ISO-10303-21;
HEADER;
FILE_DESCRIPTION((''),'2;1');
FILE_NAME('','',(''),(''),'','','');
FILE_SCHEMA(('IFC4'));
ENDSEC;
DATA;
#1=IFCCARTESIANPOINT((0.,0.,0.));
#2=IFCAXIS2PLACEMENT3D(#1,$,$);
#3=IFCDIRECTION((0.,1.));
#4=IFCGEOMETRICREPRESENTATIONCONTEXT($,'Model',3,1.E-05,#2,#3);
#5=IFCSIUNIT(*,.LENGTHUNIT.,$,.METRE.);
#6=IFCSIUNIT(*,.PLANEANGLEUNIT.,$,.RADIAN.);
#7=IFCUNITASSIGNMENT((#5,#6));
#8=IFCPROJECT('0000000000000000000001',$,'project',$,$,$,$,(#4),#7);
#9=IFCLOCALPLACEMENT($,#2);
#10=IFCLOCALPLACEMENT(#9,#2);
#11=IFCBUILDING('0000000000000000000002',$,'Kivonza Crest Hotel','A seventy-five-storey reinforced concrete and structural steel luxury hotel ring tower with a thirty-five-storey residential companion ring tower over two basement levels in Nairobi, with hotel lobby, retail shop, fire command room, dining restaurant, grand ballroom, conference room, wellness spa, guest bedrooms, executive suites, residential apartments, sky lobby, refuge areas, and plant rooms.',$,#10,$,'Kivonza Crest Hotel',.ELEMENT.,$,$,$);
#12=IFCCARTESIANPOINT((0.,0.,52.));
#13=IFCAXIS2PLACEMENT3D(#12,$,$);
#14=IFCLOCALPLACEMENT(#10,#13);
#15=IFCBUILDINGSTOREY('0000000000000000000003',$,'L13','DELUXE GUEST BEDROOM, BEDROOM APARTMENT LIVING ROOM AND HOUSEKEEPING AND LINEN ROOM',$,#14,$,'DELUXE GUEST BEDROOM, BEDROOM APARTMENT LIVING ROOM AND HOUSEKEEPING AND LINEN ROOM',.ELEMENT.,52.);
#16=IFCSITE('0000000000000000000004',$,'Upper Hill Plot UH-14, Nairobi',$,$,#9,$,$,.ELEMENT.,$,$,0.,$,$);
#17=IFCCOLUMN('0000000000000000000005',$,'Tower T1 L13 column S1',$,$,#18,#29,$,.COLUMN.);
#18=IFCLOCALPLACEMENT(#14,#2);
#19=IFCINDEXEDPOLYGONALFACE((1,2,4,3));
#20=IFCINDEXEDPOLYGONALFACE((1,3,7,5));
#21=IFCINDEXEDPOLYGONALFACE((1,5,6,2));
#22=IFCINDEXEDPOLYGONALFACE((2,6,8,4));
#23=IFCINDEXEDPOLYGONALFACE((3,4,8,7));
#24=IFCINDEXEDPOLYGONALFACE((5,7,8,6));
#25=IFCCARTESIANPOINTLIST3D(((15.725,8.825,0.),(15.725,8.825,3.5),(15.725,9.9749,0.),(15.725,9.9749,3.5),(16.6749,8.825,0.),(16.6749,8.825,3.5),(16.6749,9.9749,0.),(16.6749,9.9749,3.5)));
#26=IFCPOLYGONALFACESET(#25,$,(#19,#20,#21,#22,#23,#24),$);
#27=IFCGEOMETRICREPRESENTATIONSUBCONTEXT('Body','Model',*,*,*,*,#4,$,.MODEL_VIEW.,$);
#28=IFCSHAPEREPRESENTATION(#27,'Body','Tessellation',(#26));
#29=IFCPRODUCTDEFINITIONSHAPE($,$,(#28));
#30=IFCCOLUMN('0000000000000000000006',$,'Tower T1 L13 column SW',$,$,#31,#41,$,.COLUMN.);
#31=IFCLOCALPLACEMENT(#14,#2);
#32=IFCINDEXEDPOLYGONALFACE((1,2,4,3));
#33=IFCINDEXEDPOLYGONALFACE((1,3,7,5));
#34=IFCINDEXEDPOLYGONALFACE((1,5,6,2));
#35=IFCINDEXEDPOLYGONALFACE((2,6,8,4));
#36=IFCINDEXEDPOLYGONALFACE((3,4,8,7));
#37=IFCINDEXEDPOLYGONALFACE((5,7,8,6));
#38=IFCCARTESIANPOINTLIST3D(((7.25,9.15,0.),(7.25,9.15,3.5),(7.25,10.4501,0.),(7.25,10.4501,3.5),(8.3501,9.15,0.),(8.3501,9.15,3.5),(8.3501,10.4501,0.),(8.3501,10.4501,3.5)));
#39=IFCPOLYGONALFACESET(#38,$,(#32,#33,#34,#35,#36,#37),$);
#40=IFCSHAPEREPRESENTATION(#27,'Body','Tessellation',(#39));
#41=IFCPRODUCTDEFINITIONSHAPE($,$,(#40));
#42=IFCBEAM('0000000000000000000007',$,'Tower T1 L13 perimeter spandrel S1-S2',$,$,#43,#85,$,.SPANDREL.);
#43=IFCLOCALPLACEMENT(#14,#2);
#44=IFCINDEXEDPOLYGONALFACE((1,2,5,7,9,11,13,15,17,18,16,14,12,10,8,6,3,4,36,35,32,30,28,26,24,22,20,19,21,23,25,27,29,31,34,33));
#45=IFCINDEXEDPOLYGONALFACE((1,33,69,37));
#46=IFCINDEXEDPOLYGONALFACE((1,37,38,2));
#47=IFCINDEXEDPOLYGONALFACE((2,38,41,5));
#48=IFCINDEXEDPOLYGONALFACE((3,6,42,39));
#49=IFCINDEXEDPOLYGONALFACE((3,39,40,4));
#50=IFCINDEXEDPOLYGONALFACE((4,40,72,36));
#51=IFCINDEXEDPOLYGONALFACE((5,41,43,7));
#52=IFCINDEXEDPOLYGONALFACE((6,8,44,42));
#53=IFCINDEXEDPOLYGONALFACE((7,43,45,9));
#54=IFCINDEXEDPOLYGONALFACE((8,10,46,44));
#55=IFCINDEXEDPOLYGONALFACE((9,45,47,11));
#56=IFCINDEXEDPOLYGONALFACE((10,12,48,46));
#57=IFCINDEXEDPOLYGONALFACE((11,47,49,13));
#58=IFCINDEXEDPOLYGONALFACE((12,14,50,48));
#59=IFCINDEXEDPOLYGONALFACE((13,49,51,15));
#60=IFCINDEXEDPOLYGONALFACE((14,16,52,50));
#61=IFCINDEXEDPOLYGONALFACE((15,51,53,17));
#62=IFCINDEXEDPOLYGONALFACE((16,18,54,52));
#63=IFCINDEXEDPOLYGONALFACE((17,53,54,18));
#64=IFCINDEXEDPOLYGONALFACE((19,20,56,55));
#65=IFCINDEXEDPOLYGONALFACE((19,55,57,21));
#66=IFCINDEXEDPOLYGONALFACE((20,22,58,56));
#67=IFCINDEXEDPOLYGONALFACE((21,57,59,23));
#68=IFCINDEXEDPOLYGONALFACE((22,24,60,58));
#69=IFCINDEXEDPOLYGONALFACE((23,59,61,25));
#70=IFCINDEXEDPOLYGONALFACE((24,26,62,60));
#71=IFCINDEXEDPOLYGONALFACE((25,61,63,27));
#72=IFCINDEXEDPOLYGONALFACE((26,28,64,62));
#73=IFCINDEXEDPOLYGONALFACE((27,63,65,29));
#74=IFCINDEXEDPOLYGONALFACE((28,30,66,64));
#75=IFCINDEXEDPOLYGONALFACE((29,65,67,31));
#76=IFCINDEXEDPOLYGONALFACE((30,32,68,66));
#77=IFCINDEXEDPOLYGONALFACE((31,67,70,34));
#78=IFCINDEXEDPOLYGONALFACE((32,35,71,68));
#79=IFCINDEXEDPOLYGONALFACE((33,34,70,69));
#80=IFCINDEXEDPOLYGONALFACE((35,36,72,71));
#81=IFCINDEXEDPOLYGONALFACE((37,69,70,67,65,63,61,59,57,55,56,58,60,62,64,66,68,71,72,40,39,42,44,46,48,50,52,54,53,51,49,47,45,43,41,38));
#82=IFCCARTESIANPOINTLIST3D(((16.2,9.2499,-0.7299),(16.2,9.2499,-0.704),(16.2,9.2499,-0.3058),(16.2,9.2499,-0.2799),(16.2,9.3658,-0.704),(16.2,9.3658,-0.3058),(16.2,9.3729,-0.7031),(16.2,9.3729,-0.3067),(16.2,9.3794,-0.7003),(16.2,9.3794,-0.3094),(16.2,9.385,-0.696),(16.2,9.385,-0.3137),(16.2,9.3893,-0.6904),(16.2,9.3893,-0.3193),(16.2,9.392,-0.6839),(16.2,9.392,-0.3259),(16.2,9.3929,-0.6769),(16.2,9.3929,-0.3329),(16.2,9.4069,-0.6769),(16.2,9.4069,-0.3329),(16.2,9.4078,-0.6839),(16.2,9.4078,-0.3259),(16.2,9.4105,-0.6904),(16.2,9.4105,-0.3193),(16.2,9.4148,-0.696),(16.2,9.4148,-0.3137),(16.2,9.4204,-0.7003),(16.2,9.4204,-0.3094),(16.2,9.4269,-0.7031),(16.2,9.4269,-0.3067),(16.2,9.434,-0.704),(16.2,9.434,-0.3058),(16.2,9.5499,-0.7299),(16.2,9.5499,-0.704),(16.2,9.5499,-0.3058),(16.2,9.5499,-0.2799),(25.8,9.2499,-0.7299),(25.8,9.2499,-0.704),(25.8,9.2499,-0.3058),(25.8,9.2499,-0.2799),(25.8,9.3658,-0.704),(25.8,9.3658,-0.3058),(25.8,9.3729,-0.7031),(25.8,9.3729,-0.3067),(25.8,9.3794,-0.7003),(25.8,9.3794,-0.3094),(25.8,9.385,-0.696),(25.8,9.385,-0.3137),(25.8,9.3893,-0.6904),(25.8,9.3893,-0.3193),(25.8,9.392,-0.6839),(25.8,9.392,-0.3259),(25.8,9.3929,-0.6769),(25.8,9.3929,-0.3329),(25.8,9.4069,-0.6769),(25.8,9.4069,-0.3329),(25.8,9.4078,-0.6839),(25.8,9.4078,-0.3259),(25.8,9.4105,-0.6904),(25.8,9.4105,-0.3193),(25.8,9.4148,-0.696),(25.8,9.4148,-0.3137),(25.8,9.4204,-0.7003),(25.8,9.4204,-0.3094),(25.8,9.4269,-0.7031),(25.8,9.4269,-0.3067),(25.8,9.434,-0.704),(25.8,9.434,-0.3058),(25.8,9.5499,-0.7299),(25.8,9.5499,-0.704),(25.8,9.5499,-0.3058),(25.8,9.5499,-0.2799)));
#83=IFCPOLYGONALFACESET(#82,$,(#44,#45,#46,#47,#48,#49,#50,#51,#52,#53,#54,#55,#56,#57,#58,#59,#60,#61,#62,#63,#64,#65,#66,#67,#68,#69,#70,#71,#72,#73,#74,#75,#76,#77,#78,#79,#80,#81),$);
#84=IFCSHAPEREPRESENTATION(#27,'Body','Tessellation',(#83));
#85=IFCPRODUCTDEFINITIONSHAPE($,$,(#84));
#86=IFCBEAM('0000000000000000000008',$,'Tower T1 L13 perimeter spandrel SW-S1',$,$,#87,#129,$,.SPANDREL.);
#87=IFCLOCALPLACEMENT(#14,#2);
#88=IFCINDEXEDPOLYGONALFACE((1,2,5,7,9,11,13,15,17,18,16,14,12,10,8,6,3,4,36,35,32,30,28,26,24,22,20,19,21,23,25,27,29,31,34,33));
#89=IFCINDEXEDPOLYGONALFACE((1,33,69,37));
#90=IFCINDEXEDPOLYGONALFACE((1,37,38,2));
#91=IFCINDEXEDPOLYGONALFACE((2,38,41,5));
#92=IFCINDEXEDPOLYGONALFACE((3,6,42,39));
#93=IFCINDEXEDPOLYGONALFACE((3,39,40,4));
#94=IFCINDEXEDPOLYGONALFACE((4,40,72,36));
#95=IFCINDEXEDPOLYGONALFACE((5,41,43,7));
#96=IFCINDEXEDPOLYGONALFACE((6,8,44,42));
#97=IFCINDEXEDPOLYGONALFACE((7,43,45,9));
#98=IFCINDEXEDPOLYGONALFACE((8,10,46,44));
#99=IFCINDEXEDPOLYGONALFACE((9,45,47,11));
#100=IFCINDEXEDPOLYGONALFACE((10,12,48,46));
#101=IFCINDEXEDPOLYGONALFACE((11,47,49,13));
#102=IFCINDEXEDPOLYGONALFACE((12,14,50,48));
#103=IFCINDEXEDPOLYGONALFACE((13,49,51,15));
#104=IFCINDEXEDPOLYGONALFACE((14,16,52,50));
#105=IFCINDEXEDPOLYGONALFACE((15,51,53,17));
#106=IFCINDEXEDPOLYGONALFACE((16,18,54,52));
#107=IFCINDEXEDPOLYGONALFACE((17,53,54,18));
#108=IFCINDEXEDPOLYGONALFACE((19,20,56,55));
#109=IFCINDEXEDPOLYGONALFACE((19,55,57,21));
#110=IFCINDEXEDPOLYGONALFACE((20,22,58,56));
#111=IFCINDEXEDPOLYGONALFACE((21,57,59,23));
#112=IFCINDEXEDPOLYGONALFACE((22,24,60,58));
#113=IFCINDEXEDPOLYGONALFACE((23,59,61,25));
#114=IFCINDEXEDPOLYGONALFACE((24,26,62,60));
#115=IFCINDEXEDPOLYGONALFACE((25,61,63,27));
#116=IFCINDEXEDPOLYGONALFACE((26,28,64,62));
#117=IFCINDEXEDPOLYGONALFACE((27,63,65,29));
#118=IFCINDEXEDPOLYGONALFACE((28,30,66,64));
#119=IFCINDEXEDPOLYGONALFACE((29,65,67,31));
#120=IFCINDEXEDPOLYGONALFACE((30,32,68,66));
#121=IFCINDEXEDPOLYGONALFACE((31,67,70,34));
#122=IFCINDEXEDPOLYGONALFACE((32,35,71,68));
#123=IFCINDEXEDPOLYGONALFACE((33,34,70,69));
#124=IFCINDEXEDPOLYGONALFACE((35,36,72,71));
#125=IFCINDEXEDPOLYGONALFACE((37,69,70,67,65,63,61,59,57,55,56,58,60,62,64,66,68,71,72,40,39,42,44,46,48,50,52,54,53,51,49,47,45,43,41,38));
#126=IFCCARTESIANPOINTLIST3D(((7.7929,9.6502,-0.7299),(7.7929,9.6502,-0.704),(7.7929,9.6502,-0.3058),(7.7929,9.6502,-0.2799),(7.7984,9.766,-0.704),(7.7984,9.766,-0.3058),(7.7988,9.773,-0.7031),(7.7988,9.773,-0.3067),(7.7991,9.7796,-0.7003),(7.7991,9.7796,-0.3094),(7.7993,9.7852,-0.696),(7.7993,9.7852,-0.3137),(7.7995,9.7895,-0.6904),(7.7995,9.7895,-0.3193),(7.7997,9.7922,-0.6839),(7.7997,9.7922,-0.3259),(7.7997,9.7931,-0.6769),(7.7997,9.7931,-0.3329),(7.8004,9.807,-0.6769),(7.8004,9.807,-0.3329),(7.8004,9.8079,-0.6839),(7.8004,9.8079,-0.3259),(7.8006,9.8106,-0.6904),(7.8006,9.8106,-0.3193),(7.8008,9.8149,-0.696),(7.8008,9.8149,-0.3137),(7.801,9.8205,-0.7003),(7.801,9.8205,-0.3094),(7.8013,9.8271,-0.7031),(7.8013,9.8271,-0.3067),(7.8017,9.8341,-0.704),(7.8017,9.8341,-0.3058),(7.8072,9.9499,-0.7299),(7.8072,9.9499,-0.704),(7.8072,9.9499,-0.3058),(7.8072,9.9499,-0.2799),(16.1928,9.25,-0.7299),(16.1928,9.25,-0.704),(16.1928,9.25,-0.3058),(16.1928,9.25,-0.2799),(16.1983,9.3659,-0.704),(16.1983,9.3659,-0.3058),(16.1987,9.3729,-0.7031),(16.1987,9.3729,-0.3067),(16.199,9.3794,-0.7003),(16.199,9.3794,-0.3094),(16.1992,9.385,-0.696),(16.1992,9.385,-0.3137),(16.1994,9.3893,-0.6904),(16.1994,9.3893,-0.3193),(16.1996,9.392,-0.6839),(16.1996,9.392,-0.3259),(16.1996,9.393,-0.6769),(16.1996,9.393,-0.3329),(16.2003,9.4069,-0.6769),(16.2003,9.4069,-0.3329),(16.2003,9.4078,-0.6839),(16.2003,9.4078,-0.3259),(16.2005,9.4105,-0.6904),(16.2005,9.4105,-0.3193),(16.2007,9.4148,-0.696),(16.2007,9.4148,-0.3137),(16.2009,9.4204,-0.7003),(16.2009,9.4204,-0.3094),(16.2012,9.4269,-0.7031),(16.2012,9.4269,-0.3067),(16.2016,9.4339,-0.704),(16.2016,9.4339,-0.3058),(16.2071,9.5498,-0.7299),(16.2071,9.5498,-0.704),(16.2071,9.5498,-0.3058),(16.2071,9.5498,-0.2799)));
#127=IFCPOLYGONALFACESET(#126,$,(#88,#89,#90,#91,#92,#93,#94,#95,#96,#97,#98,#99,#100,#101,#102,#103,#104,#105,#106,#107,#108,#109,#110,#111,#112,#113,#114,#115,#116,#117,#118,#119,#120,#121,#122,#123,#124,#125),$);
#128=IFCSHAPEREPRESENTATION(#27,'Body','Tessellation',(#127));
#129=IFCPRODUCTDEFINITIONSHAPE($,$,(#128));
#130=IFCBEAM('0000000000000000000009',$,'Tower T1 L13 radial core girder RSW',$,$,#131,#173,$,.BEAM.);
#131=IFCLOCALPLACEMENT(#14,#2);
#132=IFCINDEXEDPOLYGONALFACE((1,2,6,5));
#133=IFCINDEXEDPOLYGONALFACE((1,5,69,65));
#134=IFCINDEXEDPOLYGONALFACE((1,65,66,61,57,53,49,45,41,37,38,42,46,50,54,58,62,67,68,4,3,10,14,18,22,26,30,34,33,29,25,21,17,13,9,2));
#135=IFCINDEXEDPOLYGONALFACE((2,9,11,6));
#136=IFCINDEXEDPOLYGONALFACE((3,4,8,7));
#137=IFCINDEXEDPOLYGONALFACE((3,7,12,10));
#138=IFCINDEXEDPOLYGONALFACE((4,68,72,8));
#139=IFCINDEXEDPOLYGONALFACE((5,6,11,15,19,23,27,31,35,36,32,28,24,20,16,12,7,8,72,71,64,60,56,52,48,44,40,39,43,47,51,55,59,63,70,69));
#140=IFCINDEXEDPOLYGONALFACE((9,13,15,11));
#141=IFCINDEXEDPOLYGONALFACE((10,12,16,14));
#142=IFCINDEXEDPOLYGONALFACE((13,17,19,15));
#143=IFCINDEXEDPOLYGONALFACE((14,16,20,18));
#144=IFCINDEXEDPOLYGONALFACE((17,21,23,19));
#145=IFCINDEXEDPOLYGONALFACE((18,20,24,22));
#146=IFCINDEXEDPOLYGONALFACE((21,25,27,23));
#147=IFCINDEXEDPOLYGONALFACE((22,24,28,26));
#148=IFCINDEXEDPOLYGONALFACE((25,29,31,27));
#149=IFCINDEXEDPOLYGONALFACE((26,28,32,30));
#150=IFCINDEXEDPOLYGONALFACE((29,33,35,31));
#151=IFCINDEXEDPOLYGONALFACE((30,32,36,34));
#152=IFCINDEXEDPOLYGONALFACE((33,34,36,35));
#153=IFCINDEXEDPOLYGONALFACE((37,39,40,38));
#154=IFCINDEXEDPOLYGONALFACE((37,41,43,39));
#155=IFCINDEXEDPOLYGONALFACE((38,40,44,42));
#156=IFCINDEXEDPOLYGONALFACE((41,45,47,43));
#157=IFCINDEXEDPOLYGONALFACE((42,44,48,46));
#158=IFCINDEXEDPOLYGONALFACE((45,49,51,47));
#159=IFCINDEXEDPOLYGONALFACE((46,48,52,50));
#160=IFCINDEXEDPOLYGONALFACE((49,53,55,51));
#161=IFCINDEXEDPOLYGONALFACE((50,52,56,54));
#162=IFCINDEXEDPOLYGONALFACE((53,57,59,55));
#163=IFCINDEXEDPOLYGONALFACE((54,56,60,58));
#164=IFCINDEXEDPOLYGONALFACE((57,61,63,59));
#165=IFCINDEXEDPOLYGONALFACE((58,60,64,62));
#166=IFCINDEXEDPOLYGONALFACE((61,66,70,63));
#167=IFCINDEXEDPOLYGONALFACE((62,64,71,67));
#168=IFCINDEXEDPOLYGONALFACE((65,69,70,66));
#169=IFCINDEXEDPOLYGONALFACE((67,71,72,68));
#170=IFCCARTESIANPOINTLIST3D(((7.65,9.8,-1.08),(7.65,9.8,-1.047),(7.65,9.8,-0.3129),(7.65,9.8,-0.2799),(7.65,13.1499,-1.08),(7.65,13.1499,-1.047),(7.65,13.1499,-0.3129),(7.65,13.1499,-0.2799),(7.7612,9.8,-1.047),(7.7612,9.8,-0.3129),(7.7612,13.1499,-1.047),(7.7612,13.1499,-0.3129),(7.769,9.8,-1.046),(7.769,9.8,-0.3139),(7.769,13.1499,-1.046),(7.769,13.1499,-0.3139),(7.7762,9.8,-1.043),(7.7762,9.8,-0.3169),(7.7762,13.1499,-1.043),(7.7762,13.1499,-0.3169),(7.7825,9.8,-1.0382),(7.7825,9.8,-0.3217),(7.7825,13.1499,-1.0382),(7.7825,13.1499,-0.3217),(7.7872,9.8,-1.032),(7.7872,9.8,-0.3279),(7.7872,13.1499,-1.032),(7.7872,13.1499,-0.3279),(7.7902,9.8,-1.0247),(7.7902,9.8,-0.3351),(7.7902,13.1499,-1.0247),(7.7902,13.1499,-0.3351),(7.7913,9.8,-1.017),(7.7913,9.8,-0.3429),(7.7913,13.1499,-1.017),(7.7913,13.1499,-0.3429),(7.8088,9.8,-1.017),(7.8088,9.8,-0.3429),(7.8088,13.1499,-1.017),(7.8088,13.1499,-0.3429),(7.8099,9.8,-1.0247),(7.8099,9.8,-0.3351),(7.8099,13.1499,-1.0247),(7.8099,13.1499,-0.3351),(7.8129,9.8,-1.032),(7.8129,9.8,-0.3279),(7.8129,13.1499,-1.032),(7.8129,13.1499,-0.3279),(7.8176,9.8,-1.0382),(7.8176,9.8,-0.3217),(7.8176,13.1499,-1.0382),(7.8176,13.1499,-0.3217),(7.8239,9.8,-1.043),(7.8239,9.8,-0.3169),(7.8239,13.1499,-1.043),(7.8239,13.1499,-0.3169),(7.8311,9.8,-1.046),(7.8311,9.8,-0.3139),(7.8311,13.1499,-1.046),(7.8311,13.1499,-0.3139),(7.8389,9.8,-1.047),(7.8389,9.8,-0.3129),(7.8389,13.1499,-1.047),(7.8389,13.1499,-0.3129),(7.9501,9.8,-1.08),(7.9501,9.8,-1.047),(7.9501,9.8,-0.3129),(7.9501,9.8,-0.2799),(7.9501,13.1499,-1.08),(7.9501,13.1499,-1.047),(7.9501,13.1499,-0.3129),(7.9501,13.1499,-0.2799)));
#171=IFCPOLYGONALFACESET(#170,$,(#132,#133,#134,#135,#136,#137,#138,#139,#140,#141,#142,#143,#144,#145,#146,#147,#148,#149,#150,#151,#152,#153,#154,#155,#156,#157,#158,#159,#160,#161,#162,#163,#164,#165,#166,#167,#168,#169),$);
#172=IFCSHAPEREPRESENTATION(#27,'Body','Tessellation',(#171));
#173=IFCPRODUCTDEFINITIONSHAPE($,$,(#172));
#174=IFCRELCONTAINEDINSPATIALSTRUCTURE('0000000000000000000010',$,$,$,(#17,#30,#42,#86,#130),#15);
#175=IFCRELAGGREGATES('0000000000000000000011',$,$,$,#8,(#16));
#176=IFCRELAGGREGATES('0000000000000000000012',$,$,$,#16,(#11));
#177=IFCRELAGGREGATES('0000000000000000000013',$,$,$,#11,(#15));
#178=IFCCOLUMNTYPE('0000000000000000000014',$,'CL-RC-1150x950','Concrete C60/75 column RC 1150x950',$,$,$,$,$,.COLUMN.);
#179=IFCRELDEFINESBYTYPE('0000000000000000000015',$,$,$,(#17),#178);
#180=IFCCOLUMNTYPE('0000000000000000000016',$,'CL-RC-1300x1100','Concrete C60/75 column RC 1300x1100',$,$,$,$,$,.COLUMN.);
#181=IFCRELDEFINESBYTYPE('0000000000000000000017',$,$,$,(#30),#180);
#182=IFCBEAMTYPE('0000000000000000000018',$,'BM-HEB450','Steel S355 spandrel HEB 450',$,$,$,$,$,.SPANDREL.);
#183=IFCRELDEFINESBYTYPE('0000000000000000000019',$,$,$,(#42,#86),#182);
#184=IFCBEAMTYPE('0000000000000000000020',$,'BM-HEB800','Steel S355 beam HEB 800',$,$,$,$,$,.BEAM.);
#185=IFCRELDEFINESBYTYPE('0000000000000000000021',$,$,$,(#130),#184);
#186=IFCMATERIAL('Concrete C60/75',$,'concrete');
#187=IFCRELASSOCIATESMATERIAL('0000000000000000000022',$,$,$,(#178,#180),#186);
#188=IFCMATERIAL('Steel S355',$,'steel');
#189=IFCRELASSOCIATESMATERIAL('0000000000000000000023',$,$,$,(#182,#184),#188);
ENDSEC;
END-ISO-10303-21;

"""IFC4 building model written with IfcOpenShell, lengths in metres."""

from ifc_helpers import new_model, si_unit, direction, frame, origin, origin_2d, place, context, subcontext, project, spatial, rectangle, i_section, extrude, material, material_profile, profile_set, type_object, element, save


model = new_model("IFC4")

# Units and contexts
model_context = context("Model", 3, precision=1e-05, world=origin(), true_north=direction((0.0, 1.0)))
body_context = subcontext(model_context, "Body", "Model", "MODEL_VIEW")
ifc_project = project(units=[si_unit("LENGTHUNIT", "METRE"), si_unit("PLANEANGLEUNIT", "RADIAN")], contexts=[model_context])

# Site, building, storey
site_placement = place(None, origin())
site = spatial("IfcSite", under=ifc_project, at=site_placement, Name="Upper Hill Plot UH-14, Nairobi", CompositionType="ELEMENT", RefElevation=0.0)
building_placement = place(site_placement, origin())
building = spatial("IfcBuilding", under=site, at=building_placement, Name="Kivonza Crest Hotel", Description="A seventy-five-storey reinforced concrete and structural steel luxury hotel ring tower with a thirty-five-storey residential companion ring tower over two basement levels in Nairobi, with hotel lobby, retail shop, fire command room, dining restaurant, grand ballroom, conference room, wellness spa, guest bedrooms, executive suites, residential apartments, sky lobby, refuge areas, and plant rooms.", LongName="Kivonza Crest Hotel", CompositionType="ELEMENT")
storey_placement = place(building_placement, frame((0.0, 0.0, 52.0)))
storey = spatial("IfcBuildingStorey", under=building, at=storey_placement, Name="L13", Description="DELUXE GUEST BEDROOM, BEDROOM APARTMENT LIVING ROOM AND HOUSEKEEPING AND LINEN ROOM", LongName="DELUXE GUEST BEDROOM, BEDROOM APARTMENT LIVING ROOM AND HOUSEKEEPING AND LINEN ROOM", CompositionType="ELEMENT", Elevation=52.0)

# Columns
ifc_material_1 = material(Name="Concrete C60/75", Category="concrete")
ifc_material_profile_1 = material_profile(ifc_material_1, rectangle(XDim=0.95, YDim=1.1499, at=origin_2d()), Name="RC 1150x950")
ifc_profile_set_1 = profile_set([ifc_material_profile_1], Name="Concrete C60/75")
column_type_1 = type_object("IfcColumnType", Name="CL-RC-1150x950", Description="Concrete C60/75 column RC 1150x950", PredefinedType="COLUMN", material=ifc_profile_set_1)
column_1_placement = place(storey_placement, frame((16.2, 9.3999, 0.0), z_axis=(0.0, 0.0, 1.0), x_axis=(1.0, 0.0, 0.0)))
element("IfcColumn", 1, at=column_1_placement, inside=storey, type_object=column_type_1, Name="Tower T1 L13 column S1", PredefinedType="COLUMN", context=body_context, shape_type="SweptSolid", body=[
    extrude(rectangle(XDim=0.95, YDim=1.1499, at=origin_2d()), origin(), (0.0, 0.0, 1.0), 3.5),
])
ifc_material_profile_2 = material_profile(ifc_material_1, rectangle(XDim=1.1001, YDim=1.3, at=origin_2d()), Name="RC 1300x1100")
ifc_profile_set_2 = profile_set([ifc_material_profile_2], Name="Concrete C60/75")
column_type_2 = type_object("IfcColumnType", Name="CL-RC-1300x1100", Description="Concrete C60/75 column RC 1300x1100", PredefinedType="COLUMN", material=ifc_profile_set_2)
column_2_placement = place(storey_placement, frame((7.8, 9.8, 0.0), z_axis=(0.0, 0.0, 1.0), x_axis=(1.0, 0.0, 0.0)))
element("IfcColumn", 2, at=column_2_placement, inside=storey, type_object=column_type_2, Name="Tower T1 L13 column SW", PredefinedType="COLUMN", context=body_context, shape_type="SweptSolid", body=[
    extrude(rectangle(XDim=1.1001, YDim=1.3, at=origin_2d()), origin(), (0.0, 0.0, 1.0), 3.5),
])

# Beams
ifc_material_2 = material(Name="Steel S355", Category="steel")
ifc_material_profile_3 = material_profile(ifc_material_2, i_section(OverallWidth=0.3, OverallDepth=0.45, WebThickness=0.0139, FlangeThickness=0.0259, FilletRadius=0.0271, at=origin_2d()), Name="HEB 450")
ifc_profile_set_3 = profile_set([ifc_material_profile_3], Name="Steel S355")
beam_type_1 = type_object("IfcBeamType", Name="BM-HEB450", Description="Steel S355 spandrel HEB 450", PredefinedType="SPANDREL", material=ifc_profile_set_3)
beam_1_placement = place(storey_placement, frame((16.2, 9.3999, -0.5049), z_axis=(1.0, 0.0, 0.0), x_axis=(0.0, 1.0, 0.0)))
element("IfcBeam", 3, at=beam_1_placement, inside=storey, type_object=beam_type_1, Name="Tower T1 L13 perimeter spandrel S1-S2", PredefinedType="SPANDREL", context=body_context, shape_type="SweptSolid", body=[
    extrude(i_section(OverallWidth=0.3, OverallDepth=0.45, WebThickness=0.0139, FlangeThickness=0.0259, FilletRadius=0.0271, at=origin_2d()), origin(), (0.0, 0.0, 1.0), 9.6001),
])
beam_2_placement = place(storey_placement, frame((7.8, 9.8, -0.5049), z_axis=(0.998867, -0.047583, 0.0), x_axis=(0.047583, 0.998867, 0.0)))
element("IfcBeam", 4, at=beam_2_placement, inside=storey, type_object=beam_type_1, Name="Tower T1 L13 perimeter spandrel SW-S1", PredefinedType="SPANDREL", context=body_context, shape_type="SweptSolid", body=[
    extrude(i_section(OverallWidth=0.3, OverallDepth=0.45, WebThickness=0.0139, FlangeThickness=0.0259, FilletRadius=0.0271, at=origin_2d()), origin(), (0.0, 0.0, 1.0), 8.4094),
])
ifc_material_profile_4 = material_profile(ifc_material_2, i_section(OverallWidth=0.3, OverallDepth=0.8, WebThickness=0.0176, FlangeThickness=0.033, FilletRadius=0.03, at=origin_2d()), Name="HEB 800")
ifc_profile_set_4 = profile_set([ifc_material_profile_4], Name="Steel S355")
beam_type_2 = type_object("IfcBeamType", Name="BM-HEB800", Description="Steel S355 beam HEB 800", PredefinedType="BEAM", material=ifc_profile_set_4)
beam_3_placement = place(storey_placement, frame((7.8, 9.8, -0.6799), z_axis=(0.0, 1.0, 0.0), x_axis=(-1.0, 0.0, 0.0)))
element("IfcBeam", 5, at=beam_3_placement, inside=storey, type_object=beam_type_2, Name="Tower T1 L13 radial core girder RSW", PredefinedType="BEAM", context=body_context, shape_type="SweptSolid", body=[
    extrude(i_section(OverallWidth=0.3, OverallDepth=0.8, WebThickness=0.0176, FlangeThickness=0.033, FilletRadius=0.03, at=origin_2d()), origin(), (0.0, 0.0, 1.0), 3.3499),
])

save(model, "model.ifc")
